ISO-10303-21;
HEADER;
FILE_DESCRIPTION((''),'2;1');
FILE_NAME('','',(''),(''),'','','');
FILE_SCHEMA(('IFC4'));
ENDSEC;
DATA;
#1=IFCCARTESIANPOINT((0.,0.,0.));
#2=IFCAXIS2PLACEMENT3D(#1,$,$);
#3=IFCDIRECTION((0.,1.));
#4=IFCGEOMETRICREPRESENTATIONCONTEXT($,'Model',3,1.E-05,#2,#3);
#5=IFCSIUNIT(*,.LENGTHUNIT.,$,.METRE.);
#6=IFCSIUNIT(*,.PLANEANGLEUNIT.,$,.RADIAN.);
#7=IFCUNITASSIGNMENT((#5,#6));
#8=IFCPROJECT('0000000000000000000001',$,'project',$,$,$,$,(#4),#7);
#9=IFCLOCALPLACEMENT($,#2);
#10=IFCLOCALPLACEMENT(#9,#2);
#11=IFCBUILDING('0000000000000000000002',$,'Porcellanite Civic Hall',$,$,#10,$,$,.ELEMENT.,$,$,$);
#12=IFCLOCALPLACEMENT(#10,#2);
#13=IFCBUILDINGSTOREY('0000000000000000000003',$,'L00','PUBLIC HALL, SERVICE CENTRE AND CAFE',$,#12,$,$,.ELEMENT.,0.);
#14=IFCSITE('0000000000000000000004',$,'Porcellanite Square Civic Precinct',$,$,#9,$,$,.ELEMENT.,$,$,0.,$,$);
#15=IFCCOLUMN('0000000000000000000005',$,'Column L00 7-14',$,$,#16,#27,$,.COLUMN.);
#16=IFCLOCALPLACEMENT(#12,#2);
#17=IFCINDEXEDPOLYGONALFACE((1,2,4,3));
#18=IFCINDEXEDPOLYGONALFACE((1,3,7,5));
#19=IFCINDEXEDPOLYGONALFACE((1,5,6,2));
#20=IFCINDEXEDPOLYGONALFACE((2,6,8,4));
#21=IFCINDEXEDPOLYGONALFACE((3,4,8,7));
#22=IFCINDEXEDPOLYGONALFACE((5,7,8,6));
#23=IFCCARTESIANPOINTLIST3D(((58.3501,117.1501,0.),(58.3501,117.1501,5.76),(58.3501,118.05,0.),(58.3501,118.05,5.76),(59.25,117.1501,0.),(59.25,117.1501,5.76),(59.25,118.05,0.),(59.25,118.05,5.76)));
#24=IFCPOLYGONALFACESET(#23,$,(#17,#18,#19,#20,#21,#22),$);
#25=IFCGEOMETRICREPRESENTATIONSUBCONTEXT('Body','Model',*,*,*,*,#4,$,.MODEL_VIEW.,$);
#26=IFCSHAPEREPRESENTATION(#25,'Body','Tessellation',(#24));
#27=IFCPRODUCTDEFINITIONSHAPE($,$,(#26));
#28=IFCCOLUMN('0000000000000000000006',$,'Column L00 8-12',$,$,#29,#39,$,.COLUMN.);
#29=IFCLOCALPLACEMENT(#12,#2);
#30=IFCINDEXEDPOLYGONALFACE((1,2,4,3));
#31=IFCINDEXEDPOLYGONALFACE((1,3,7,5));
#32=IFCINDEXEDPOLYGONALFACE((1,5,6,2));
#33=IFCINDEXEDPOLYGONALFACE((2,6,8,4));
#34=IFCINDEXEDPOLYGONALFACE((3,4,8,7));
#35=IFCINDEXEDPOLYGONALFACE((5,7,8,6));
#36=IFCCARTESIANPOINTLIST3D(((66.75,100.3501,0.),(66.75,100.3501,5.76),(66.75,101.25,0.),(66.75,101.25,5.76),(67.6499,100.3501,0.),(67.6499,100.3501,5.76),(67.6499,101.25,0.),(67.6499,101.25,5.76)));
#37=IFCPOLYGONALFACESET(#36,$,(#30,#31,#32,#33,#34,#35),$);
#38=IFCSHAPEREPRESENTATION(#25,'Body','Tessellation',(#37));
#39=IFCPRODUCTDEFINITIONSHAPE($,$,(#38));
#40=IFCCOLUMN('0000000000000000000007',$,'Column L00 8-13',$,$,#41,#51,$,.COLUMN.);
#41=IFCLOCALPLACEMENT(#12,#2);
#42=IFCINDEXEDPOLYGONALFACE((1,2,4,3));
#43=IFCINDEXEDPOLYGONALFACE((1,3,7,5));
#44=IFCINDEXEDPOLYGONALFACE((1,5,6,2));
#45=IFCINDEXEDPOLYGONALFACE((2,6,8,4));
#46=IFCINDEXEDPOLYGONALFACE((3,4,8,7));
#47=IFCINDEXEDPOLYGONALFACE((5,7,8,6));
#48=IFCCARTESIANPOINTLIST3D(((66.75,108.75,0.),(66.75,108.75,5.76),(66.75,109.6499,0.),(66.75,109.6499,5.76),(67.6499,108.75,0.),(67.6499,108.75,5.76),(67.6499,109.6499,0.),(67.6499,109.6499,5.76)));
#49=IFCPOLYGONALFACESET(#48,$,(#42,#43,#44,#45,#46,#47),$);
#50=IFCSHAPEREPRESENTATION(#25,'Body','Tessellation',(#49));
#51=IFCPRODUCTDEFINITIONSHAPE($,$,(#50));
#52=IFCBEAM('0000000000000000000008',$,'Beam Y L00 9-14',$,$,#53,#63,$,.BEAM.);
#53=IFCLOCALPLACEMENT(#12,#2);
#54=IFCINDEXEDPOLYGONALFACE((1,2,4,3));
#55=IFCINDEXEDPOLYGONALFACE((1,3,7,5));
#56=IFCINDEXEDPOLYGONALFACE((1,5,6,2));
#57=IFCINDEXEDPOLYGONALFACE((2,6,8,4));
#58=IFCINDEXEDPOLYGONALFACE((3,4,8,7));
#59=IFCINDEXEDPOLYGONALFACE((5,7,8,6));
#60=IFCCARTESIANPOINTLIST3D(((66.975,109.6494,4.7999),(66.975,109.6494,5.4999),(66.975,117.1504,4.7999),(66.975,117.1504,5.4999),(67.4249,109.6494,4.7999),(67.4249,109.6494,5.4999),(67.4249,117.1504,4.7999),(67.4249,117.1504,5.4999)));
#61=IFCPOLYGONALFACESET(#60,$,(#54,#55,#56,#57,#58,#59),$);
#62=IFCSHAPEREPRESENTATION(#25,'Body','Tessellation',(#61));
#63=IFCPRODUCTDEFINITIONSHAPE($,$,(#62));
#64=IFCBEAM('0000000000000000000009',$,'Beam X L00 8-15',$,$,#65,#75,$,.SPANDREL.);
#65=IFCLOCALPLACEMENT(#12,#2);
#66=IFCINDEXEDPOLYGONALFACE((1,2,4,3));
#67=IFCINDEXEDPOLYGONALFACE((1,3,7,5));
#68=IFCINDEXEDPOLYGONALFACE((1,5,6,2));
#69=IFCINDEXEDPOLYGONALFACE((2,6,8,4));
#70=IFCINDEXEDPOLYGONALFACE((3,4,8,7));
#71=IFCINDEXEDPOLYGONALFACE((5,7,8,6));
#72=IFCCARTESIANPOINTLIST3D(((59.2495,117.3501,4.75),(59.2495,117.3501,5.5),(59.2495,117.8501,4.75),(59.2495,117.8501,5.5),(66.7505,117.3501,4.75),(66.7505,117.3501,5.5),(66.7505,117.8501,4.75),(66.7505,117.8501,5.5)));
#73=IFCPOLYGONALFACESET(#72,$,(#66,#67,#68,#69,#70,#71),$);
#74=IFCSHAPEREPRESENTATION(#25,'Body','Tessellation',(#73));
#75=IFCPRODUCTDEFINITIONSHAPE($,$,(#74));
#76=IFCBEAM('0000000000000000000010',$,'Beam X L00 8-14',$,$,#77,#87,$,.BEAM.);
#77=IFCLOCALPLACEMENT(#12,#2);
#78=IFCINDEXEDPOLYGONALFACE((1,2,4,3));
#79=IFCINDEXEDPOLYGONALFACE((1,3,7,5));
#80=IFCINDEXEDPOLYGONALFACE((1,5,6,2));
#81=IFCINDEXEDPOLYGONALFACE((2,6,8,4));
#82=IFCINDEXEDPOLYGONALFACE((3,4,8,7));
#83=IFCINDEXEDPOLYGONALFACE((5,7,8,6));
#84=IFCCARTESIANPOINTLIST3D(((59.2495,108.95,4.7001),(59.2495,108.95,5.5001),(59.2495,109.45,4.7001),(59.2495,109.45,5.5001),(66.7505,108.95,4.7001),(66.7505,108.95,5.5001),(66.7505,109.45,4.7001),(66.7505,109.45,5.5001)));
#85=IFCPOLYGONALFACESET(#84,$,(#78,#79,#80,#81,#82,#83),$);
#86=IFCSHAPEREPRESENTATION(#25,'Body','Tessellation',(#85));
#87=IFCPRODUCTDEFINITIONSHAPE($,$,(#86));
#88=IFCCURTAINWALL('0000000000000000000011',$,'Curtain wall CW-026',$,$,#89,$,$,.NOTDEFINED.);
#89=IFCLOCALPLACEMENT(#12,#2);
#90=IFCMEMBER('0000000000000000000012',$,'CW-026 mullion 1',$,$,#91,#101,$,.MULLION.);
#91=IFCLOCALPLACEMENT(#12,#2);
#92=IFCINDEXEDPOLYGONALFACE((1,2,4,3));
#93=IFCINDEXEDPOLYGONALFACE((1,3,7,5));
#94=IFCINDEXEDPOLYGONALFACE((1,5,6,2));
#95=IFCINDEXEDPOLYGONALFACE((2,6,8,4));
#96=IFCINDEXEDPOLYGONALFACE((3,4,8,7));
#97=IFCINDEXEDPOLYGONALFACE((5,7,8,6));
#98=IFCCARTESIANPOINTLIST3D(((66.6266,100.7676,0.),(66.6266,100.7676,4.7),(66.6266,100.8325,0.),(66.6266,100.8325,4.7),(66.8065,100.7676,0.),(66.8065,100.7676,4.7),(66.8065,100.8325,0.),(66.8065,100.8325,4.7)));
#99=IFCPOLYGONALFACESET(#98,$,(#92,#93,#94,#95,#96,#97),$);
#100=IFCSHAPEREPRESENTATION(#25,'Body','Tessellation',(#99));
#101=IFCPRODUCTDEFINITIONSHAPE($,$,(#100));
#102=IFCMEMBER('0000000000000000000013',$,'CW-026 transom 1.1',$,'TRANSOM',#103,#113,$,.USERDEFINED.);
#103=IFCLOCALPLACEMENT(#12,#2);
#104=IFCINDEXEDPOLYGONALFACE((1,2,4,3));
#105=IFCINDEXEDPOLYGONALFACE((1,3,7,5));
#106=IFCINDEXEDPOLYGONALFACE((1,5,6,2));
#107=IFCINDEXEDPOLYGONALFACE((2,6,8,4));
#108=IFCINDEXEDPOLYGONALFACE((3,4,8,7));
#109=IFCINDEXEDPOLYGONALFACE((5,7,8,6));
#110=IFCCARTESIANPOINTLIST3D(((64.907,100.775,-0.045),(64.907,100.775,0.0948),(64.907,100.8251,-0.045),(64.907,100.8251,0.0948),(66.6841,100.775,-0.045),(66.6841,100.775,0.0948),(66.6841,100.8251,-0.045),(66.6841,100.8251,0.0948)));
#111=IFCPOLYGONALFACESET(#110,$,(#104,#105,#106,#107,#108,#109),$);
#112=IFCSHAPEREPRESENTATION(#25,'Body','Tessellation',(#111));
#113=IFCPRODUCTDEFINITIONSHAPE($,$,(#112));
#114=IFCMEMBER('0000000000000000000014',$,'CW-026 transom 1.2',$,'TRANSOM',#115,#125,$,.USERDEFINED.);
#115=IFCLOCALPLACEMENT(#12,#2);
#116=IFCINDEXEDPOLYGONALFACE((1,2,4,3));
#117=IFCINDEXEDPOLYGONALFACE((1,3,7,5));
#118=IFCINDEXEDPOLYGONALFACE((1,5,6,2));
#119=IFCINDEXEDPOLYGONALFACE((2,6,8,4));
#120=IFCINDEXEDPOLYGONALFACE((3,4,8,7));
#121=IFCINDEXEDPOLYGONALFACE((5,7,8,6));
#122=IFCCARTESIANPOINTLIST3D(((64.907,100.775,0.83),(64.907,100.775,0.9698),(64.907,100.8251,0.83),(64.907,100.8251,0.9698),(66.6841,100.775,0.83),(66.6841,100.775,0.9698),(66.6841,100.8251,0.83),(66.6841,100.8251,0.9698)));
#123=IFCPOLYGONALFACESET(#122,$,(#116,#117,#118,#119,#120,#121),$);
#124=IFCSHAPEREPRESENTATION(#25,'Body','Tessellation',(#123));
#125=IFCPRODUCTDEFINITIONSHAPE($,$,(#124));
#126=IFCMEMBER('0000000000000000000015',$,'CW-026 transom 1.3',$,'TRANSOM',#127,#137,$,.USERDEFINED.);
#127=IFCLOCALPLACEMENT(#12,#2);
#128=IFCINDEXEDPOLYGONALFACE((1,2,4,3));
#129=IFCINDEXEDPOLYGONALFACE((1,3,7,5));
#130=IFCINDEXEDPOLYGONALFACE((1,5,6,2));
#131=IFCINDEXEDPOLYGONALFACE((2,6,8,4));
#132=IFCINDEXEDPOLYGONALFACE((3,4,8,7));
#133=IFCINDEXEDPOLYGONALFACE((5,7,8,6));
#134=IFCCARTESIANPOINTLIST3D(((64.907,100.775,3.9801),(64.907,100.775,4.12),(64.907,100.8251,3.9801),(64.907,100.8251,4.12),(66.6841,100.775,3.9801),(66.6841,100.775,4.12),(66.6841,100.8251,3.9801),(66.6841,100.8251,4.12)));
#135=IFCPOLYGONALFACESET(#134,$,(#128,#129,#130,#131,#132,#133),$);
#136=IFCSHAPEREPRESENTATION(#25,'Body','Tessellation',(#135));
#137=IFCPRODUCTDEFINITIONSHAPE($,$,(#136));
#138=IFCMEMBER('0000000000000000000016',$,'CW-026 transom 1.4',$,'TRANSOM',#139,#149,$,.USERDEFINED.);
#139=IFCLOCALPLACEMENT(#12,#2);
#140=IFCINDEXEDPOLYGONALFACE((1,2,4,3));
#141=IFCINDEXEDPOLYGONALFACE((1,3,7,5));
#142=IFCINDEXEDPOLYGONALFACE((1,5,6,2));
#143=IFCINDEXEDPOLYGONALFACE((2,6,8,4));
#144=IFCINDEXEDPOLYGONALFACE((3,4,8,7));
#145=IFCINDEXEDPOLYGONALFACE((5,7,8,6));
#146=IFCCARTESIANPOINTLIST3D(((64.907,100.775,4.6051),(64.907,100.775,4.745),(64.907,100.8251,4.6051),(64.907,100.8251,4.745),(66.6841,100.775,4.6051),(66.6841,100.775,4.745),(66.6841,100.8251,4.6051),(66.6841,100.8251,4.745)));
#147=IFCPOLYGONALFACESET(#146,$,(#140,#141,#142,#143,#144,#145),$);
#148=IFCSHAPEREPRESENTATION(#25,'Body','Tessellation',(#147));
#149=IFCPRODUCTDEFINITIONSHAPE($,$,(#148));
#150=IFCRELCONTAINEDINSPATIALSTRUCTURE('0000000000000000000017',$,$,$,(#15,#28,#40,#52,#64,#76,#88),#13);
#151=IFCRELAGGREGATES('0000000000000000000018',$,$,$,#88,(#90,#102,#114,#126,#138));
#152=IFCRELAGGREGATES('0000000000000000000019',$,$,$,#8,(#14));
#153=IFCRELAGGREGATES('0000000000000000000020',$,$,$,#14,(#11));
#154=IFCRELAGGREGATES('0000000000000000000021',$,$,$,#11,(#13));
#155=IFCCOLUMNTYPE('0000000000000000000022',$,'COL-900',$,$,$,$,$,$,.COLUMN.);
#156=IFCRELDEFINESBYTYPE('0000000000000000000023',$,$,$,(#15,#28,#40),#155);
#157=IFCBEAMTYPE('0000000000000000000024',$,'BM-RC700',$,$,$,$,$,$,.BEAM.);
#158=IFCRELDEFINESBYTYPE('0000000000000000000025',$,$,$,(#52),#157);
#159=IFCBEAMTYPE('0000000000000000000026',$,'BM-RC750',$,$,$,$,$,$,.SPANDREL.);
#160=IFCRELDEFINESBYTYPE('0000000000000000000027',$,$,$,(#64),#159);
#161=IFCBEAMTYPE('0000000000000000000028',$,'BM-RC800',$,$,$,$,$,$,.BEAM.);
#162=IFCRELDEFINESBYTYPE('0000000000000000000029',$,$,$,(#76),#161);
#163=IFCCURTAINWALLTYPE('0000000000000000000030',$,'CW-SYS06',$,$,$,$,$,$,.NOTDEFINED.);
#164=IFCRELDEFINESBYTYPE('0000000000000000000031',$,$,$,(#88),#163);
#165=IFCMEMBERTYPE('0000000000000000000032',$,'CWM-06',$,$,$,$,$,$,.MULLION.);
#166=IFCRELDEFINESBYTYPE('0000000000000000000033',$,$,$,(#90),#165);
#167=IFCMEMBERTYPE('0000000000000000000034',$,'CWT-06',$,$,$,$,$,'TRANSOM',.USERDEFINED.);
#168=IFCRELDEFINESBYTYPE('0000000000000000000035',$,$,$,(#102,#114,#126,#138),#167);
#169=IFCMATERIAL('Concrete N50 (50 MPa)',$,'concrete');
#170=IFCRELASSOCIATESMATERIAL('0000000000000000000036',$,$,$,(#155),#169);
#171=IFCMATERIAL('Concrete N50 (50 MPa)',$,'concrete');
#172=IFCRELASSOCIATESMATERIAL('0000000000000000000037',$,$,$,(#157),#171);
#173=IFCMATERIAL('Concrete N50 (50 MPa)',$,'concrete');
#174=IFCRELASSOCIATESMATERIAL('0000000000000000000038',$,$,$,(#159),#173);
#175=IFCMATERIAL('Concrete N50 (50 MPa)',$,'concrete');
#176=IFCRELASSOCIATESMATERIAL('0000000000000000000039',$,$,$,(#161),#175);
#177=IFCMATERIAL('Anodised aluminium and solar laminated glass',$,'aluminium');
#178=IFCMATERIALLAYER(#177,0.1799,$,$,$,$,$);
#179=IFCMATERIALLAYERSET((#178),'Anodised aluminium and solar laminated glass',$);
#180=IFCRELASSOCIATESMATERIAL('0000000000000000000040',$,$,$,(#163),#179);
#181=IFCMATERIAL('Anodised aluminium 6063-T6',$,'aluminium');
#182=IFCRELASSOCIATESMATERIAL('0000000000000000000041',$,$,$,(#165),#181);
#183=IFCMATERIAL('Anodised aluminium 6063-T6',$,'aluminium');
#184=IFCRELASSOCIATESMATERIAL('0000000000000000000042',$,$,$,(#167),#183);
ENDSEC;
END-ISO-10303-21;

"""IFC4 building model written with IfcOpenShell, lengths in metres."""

from ifc_helpers import new_model, si_unit, direction, frame, origin, origin_2d, place, context, subcontext, project, spatial, rectangle, extrude, material, layer, layer_set, material_profile, profile_set, type_object, element, aggregate, save


model = new_model("IFC4")

# Units and contexts
model_context = context("Model", 3, precision=1e-05, world=origin(), true_north=direction((0.0, 1.0)))
body_context = subcontext(model_context, "Body", "Model", "MODEL_VIEW")
ifc_project = project(units=[si_unit("LENGTHUNIT", "METRE"), si_unit("PLANEANGLEUNIT", "RADIAN")], contexts=[model_context])

# Site, building, storey
site_placement = place(None, origin())
site = spatial("IfcSite", under=ifc_project, at=site_placement, Name="Porcellanite Square Civic Precinct", CompositionType="ELEMENT", RefElevation=0.0)
building_placement = place(site_placement, origin())
building = spatial("IfcBuilding", under=site, at=building_placement, Name="Porcellanite Civic Hall", CompositionType="ELEMENT")
storey_placement = place(building_placement, origin())
storey = spatial("IfcBuildingStorey", under=building, at=storey_placement, Name="L00", Description="PUBLIC HALL, SERVICE CENTRE AND CAFE", CompositionType="ELEMENT", Elevation=0.0)

# Columns
ifc_material_1 = material(Name="Concrete N50 (50 MPa)", Category="concrete")
ifc_material_profile_1 = material_profile(ifc_material_1, rectangle(XDim=0.8999, YDim=0.8999, at=origin_2d()), Name="RC-900x900")
ifc_profile_set_1 = profile_set([ifc_material_profile_1], Name="Concrete N50 (50 MPa)")
column_type = type_object("IfcColumnType", Name="COL-900", PredefinedType="COLUMN", material=ifc_profile_set_1)
for number, where, z_axis, x_axis, name in (
    (1, (58.8, 117.6001, 0.0), (0.0, 0.0, 1.0), (1.0, 0.0, 0.0), "Column L00 7-14"),
    (2, (67.2, 100.8, 0.0), (0.0, 0.0, 1.0), (1.0, 0.0, 0.0), "Column L00 8-12"),
    (3, (67.2, 109.2, 0.0), (0.0, 0.0, 1.0), (1.0, 0.0, 0.0), "Column L00 8-13"),
):
    element("IfcColumn", number, at=place(storey_placement, frame(where, z_axis=z_axis, x_axis=x_axis)), inside=storey, type_object=column_type, Name=name, PredefinedType="COLUMN", context=body_context, shape_type="SweptSolid", body=[
        extrude(rectangle(XDim=0.8999, YDim=0.8999, at=origin_2d()), origin(), (0.0, 0.0, 1.0), 5.76),
    ])

# Beams
ifc_material_2 = material(Name="Concrete N50 (50 MPa)", Category="concrete")
ifc_material_profile_2 = material_profile(ifc_material_2, rectangle(XDim=0.45, YDim=0.7, at=origin_2d()), Name="RC-450x700")
ifc_profile_set_2 = profile_set([ifc_material_profile_2], Name="Concrete N50 (50 MPa)")
beam_type_1 = type_object("IfcBeamType", Name="BM-RC700", PredefinedType="BEAM", material=ifc_profile_set_2)
beam_1_placement = place(storey_placement, frame((67.2, 109.6494, 5.1499), z_axis=(0.0, 1.0, 0.0), x_axis=(-1.0, 0.0, 0.0)))
element("IfcBeam", 4, at=beam_1_placement, inside=storey, type_object=beam_type_1, Name="Beam Y L00 9-14", PredefinedType="BEAM", context=body_context, shape_type="SweptSolid", body=[
    extrude(rectangle(XDim=0.45, YDim=0.7, at=origin_2d()), origin(), (0.0, 0.0, 1.0), 7.501),
])
ifc_material_3 = material(Name="Concrete N50 (50 MPa)", Category="concrete")
ifc_material_profile_3 = material_profile(ifc_material_3, rectangle(XDim=0.5, YDim=0.75, at=origin_2d()), Name="RC-500x750")
ifc_profile_set_3 = profile_set([ifc_material_profile_3], Name="Concrete N50 (50 MPa)")
beam_type_2 = type_object("IfcBeamType", Name="BM-RC750", PredefinedType="SPANDREL", material=ifc_profile_set_3)
beam_2_placement = place(storey_placement, frame((59.2495, 117.6001, 5.125), z_axis=(1.0, 0.0, 0.0), x_axis=(0.0, 1.0, 0.0)))
element("IfcBeam", 5, at=beam_2_placement, inside=storey, type_object=beam_type_2, Name="Beam X L00 8-15", PredefinedType="SPANDREL", context=body_context, shape_type="SweptSolid", body=[
    extrude(rectangle(XDim=0.5, YDim=0.75, at=origin_2d()), origin(), (0.0, 0.0, 1.0), 7.501),
])
ifc_material_4 = material(Name="Concrete N50 (50 MPa)", Category="concrete")
ifc_material_profile_4 = material_profile(ifc_material_4, rectangle(XDim=0.5, YDim=0.8, at=origin_2d()), Name="RC-500x800")
ifc_profile_set_4 = profile_set([ifc_material_profile_4], Name="Concrete N50 (50 MPa)")
beam_type_3 = type_object("IfcBeamType", Name="BM-RC800", PredefinedType="BEAM", material=ifc_profile_set_4)
beam_3_placement = place(storey_placement, frame((59.2495, 109.2, 5.1001), z_axis=(1.0, 0.0, 0.0), x_axis=(0.0, 1.0, 0.0)))
element("IfcBeam", 6, at=beam_3_placement, inside=storey, type_object=beam_type_3, Name="Beam X L00 8-14", PredefinedType="BEAM", context=body_context, shape_type="SweptSolid", body=[
    extrude(rectangle(XDim=0.5, YDim=0.8, at=origin_2d()), origin(), (0.0, 0.0, 1.0), 7.501),
])

# Curtain wall, members
ifc_material_5 = material(Name="Anodised aluminium and solar laminated glass", Category="aluminium")
ifc_layer_1 = layer(ifc_material_5, 0.1799)
ifc_layer_set_1 = layer_set([ifc_layer_1], Name="Anodised aluminium and solar laminated glass")
curtain_wall_type = type_object("IfcCurtainWallType", Name="CW-SYS06", PredefinedType="NOTDEFINED", material=ifc_layer_set_1)
curtain_wall_placement = place(storey_placement, origin())
curtain_wall = element("IfcCurtainWall", 7, at=curtain_wall_placement, inside=storey, type_object=curtain_wall_type, Name="Curtain wall CW-026", PredefinedType="NOTDEFINED")
ifc_material_6 = material(Name="Anodised aluminium 6063-T6", Category="aluminium")
ifc_material_profile_5 = material_profile(ifc_material_6, rectangle(XDim=0.0649, YDim=0.1799, at=origin_2d()), Name="AL-65x180")
ifc_profile_set_5 = profile_set([ifc_material_profile_5], Name="Anodised aluminium 6063-T6")
member_type_1 = type_object("IfcMemberType", Name="CWM-06", PredefinedType="MULLION", material=ifc_profile_set_5)
member_1_placement = place(storey_placement, frame((66.7166, 100.8, 0.0), z_axis=(0.0, 0.0, 1.0), x_axis=(0.0, -1.0, 0.0)))
member_1 = element("IfcMember", 8, at=member_1_placement, type_object=member_type_1, Name="CW-026 mullion 1", PredefinedType="MULLION", context=body_context, shape_type="SweptSolid", body=[
    extrude(rectangle(XDim=0.0649, YDim=0.1799, at=origin_2d()), origin(), (0.0, 0.0, 1.0), 4.7),
])
ifc_material_7 = material(Name="Anodised aluminium 6063-T6", Category="aluminium")
ifc_material_profile_6 = material_profile(ifc_material_7, rectangle(XDim=0.05, YDim=0.1399, at=origin_2d()), Name="AL-50x140")
ifc_profile_set_6 = profile_set([ifc_material_profile_6], Name="Anodised aluminium 6063-T6")
member_type_2 = type_object("IfcMemberType", Name="CWT-06", ElementType="TRANSOM", PredefinedType="USERDEFINED", material=ifc_profile_set_6)
member_2_placement = place(storey_placement, frame((66.6841, 100.8, 0.0249), z_axis=(-1.0, 0.0, 0.0), x_axis=(0.0, -1.0, 0.0)))
member_2 = element("IfcMember", 9, at=member_2_placement, type_object=member_type_2, Name="CW-026 transom 1.1", ObjectType="TRANSOM", PredefinedType="USERDEFINED", context=body_context, shape_type="SweptSolid", body=[
    extrude(rectangle(XDim=0.05, YDim=0.1399, at=origin_2d()), origin(), (0.0, 0.0, 1.0), 1.7771),
])
member_3_placement = place(storey_placement, frame((66.6841, 100.8, 0.8999), z_axis=(-1.0, 0.0, 0.0), x_axis=(0.0, -1.0, 0.0)))
member_3 = element("IfcMember", 10, at=member_3_placement, type_object=member_type_2, Name="CW-026 transom 1.2", ObjectType="TRANSOM", PredefinedType="USERDEFINED", context=body_context, shape_type="SweptSolid", body=[
    extrude(rectangle(XDim=0.05, YDim=0.1399, at=origin_2d()), origin(), (0.0, 0.0, 1.0), 1.7771),
])
member_4_placement = place(storey_placement, frame((66.6841, 100.8, 4.05), z_axis=(-1.0, 0.0, 0.0), x_axis=(0.0, -1.0, 0.0)))
member_4 = element("IfcMember", 11, at=member_4_placement, type_object=member_type_2, Name="CW-026 transom 1.3", ObjectType="TRANSOM", PredefinedType="USERDEFINED", context=body_context, shape_type="SweptSolid", body=[
    extrude(rectangle(XDim=0.05, YDim=0.1399, at=origin_2d()), origin(), (0.0, 0.0, 1.0), 1.7771),
])
member_5_placement = place(storey_placement, frame((66.6841, 100.8, 4.675), z_axis=(-1.0, 0.0, 0.0), x_axis=(0.0, -1.0, 0.0)))
member_5 = element("IfcMember", 12, at=member_5_placement, type_object=member_type_2, Name="CW-026 transom 1.4", ObjectType="TRANSOM", PredefinedType="USERDEFINED", context=body_context, shape_type="SweptSolid", body=[
    extrude(rectangle(XDim=0.05, YDim=0.1399, at=origin_2d()), origin(), (0.0, 0.0, 1.0), 1.7771),
])
aggregate(curtain_wall, [member_1, member_2, member_3, member_4, member_5])

save(model, "model.ifc")
